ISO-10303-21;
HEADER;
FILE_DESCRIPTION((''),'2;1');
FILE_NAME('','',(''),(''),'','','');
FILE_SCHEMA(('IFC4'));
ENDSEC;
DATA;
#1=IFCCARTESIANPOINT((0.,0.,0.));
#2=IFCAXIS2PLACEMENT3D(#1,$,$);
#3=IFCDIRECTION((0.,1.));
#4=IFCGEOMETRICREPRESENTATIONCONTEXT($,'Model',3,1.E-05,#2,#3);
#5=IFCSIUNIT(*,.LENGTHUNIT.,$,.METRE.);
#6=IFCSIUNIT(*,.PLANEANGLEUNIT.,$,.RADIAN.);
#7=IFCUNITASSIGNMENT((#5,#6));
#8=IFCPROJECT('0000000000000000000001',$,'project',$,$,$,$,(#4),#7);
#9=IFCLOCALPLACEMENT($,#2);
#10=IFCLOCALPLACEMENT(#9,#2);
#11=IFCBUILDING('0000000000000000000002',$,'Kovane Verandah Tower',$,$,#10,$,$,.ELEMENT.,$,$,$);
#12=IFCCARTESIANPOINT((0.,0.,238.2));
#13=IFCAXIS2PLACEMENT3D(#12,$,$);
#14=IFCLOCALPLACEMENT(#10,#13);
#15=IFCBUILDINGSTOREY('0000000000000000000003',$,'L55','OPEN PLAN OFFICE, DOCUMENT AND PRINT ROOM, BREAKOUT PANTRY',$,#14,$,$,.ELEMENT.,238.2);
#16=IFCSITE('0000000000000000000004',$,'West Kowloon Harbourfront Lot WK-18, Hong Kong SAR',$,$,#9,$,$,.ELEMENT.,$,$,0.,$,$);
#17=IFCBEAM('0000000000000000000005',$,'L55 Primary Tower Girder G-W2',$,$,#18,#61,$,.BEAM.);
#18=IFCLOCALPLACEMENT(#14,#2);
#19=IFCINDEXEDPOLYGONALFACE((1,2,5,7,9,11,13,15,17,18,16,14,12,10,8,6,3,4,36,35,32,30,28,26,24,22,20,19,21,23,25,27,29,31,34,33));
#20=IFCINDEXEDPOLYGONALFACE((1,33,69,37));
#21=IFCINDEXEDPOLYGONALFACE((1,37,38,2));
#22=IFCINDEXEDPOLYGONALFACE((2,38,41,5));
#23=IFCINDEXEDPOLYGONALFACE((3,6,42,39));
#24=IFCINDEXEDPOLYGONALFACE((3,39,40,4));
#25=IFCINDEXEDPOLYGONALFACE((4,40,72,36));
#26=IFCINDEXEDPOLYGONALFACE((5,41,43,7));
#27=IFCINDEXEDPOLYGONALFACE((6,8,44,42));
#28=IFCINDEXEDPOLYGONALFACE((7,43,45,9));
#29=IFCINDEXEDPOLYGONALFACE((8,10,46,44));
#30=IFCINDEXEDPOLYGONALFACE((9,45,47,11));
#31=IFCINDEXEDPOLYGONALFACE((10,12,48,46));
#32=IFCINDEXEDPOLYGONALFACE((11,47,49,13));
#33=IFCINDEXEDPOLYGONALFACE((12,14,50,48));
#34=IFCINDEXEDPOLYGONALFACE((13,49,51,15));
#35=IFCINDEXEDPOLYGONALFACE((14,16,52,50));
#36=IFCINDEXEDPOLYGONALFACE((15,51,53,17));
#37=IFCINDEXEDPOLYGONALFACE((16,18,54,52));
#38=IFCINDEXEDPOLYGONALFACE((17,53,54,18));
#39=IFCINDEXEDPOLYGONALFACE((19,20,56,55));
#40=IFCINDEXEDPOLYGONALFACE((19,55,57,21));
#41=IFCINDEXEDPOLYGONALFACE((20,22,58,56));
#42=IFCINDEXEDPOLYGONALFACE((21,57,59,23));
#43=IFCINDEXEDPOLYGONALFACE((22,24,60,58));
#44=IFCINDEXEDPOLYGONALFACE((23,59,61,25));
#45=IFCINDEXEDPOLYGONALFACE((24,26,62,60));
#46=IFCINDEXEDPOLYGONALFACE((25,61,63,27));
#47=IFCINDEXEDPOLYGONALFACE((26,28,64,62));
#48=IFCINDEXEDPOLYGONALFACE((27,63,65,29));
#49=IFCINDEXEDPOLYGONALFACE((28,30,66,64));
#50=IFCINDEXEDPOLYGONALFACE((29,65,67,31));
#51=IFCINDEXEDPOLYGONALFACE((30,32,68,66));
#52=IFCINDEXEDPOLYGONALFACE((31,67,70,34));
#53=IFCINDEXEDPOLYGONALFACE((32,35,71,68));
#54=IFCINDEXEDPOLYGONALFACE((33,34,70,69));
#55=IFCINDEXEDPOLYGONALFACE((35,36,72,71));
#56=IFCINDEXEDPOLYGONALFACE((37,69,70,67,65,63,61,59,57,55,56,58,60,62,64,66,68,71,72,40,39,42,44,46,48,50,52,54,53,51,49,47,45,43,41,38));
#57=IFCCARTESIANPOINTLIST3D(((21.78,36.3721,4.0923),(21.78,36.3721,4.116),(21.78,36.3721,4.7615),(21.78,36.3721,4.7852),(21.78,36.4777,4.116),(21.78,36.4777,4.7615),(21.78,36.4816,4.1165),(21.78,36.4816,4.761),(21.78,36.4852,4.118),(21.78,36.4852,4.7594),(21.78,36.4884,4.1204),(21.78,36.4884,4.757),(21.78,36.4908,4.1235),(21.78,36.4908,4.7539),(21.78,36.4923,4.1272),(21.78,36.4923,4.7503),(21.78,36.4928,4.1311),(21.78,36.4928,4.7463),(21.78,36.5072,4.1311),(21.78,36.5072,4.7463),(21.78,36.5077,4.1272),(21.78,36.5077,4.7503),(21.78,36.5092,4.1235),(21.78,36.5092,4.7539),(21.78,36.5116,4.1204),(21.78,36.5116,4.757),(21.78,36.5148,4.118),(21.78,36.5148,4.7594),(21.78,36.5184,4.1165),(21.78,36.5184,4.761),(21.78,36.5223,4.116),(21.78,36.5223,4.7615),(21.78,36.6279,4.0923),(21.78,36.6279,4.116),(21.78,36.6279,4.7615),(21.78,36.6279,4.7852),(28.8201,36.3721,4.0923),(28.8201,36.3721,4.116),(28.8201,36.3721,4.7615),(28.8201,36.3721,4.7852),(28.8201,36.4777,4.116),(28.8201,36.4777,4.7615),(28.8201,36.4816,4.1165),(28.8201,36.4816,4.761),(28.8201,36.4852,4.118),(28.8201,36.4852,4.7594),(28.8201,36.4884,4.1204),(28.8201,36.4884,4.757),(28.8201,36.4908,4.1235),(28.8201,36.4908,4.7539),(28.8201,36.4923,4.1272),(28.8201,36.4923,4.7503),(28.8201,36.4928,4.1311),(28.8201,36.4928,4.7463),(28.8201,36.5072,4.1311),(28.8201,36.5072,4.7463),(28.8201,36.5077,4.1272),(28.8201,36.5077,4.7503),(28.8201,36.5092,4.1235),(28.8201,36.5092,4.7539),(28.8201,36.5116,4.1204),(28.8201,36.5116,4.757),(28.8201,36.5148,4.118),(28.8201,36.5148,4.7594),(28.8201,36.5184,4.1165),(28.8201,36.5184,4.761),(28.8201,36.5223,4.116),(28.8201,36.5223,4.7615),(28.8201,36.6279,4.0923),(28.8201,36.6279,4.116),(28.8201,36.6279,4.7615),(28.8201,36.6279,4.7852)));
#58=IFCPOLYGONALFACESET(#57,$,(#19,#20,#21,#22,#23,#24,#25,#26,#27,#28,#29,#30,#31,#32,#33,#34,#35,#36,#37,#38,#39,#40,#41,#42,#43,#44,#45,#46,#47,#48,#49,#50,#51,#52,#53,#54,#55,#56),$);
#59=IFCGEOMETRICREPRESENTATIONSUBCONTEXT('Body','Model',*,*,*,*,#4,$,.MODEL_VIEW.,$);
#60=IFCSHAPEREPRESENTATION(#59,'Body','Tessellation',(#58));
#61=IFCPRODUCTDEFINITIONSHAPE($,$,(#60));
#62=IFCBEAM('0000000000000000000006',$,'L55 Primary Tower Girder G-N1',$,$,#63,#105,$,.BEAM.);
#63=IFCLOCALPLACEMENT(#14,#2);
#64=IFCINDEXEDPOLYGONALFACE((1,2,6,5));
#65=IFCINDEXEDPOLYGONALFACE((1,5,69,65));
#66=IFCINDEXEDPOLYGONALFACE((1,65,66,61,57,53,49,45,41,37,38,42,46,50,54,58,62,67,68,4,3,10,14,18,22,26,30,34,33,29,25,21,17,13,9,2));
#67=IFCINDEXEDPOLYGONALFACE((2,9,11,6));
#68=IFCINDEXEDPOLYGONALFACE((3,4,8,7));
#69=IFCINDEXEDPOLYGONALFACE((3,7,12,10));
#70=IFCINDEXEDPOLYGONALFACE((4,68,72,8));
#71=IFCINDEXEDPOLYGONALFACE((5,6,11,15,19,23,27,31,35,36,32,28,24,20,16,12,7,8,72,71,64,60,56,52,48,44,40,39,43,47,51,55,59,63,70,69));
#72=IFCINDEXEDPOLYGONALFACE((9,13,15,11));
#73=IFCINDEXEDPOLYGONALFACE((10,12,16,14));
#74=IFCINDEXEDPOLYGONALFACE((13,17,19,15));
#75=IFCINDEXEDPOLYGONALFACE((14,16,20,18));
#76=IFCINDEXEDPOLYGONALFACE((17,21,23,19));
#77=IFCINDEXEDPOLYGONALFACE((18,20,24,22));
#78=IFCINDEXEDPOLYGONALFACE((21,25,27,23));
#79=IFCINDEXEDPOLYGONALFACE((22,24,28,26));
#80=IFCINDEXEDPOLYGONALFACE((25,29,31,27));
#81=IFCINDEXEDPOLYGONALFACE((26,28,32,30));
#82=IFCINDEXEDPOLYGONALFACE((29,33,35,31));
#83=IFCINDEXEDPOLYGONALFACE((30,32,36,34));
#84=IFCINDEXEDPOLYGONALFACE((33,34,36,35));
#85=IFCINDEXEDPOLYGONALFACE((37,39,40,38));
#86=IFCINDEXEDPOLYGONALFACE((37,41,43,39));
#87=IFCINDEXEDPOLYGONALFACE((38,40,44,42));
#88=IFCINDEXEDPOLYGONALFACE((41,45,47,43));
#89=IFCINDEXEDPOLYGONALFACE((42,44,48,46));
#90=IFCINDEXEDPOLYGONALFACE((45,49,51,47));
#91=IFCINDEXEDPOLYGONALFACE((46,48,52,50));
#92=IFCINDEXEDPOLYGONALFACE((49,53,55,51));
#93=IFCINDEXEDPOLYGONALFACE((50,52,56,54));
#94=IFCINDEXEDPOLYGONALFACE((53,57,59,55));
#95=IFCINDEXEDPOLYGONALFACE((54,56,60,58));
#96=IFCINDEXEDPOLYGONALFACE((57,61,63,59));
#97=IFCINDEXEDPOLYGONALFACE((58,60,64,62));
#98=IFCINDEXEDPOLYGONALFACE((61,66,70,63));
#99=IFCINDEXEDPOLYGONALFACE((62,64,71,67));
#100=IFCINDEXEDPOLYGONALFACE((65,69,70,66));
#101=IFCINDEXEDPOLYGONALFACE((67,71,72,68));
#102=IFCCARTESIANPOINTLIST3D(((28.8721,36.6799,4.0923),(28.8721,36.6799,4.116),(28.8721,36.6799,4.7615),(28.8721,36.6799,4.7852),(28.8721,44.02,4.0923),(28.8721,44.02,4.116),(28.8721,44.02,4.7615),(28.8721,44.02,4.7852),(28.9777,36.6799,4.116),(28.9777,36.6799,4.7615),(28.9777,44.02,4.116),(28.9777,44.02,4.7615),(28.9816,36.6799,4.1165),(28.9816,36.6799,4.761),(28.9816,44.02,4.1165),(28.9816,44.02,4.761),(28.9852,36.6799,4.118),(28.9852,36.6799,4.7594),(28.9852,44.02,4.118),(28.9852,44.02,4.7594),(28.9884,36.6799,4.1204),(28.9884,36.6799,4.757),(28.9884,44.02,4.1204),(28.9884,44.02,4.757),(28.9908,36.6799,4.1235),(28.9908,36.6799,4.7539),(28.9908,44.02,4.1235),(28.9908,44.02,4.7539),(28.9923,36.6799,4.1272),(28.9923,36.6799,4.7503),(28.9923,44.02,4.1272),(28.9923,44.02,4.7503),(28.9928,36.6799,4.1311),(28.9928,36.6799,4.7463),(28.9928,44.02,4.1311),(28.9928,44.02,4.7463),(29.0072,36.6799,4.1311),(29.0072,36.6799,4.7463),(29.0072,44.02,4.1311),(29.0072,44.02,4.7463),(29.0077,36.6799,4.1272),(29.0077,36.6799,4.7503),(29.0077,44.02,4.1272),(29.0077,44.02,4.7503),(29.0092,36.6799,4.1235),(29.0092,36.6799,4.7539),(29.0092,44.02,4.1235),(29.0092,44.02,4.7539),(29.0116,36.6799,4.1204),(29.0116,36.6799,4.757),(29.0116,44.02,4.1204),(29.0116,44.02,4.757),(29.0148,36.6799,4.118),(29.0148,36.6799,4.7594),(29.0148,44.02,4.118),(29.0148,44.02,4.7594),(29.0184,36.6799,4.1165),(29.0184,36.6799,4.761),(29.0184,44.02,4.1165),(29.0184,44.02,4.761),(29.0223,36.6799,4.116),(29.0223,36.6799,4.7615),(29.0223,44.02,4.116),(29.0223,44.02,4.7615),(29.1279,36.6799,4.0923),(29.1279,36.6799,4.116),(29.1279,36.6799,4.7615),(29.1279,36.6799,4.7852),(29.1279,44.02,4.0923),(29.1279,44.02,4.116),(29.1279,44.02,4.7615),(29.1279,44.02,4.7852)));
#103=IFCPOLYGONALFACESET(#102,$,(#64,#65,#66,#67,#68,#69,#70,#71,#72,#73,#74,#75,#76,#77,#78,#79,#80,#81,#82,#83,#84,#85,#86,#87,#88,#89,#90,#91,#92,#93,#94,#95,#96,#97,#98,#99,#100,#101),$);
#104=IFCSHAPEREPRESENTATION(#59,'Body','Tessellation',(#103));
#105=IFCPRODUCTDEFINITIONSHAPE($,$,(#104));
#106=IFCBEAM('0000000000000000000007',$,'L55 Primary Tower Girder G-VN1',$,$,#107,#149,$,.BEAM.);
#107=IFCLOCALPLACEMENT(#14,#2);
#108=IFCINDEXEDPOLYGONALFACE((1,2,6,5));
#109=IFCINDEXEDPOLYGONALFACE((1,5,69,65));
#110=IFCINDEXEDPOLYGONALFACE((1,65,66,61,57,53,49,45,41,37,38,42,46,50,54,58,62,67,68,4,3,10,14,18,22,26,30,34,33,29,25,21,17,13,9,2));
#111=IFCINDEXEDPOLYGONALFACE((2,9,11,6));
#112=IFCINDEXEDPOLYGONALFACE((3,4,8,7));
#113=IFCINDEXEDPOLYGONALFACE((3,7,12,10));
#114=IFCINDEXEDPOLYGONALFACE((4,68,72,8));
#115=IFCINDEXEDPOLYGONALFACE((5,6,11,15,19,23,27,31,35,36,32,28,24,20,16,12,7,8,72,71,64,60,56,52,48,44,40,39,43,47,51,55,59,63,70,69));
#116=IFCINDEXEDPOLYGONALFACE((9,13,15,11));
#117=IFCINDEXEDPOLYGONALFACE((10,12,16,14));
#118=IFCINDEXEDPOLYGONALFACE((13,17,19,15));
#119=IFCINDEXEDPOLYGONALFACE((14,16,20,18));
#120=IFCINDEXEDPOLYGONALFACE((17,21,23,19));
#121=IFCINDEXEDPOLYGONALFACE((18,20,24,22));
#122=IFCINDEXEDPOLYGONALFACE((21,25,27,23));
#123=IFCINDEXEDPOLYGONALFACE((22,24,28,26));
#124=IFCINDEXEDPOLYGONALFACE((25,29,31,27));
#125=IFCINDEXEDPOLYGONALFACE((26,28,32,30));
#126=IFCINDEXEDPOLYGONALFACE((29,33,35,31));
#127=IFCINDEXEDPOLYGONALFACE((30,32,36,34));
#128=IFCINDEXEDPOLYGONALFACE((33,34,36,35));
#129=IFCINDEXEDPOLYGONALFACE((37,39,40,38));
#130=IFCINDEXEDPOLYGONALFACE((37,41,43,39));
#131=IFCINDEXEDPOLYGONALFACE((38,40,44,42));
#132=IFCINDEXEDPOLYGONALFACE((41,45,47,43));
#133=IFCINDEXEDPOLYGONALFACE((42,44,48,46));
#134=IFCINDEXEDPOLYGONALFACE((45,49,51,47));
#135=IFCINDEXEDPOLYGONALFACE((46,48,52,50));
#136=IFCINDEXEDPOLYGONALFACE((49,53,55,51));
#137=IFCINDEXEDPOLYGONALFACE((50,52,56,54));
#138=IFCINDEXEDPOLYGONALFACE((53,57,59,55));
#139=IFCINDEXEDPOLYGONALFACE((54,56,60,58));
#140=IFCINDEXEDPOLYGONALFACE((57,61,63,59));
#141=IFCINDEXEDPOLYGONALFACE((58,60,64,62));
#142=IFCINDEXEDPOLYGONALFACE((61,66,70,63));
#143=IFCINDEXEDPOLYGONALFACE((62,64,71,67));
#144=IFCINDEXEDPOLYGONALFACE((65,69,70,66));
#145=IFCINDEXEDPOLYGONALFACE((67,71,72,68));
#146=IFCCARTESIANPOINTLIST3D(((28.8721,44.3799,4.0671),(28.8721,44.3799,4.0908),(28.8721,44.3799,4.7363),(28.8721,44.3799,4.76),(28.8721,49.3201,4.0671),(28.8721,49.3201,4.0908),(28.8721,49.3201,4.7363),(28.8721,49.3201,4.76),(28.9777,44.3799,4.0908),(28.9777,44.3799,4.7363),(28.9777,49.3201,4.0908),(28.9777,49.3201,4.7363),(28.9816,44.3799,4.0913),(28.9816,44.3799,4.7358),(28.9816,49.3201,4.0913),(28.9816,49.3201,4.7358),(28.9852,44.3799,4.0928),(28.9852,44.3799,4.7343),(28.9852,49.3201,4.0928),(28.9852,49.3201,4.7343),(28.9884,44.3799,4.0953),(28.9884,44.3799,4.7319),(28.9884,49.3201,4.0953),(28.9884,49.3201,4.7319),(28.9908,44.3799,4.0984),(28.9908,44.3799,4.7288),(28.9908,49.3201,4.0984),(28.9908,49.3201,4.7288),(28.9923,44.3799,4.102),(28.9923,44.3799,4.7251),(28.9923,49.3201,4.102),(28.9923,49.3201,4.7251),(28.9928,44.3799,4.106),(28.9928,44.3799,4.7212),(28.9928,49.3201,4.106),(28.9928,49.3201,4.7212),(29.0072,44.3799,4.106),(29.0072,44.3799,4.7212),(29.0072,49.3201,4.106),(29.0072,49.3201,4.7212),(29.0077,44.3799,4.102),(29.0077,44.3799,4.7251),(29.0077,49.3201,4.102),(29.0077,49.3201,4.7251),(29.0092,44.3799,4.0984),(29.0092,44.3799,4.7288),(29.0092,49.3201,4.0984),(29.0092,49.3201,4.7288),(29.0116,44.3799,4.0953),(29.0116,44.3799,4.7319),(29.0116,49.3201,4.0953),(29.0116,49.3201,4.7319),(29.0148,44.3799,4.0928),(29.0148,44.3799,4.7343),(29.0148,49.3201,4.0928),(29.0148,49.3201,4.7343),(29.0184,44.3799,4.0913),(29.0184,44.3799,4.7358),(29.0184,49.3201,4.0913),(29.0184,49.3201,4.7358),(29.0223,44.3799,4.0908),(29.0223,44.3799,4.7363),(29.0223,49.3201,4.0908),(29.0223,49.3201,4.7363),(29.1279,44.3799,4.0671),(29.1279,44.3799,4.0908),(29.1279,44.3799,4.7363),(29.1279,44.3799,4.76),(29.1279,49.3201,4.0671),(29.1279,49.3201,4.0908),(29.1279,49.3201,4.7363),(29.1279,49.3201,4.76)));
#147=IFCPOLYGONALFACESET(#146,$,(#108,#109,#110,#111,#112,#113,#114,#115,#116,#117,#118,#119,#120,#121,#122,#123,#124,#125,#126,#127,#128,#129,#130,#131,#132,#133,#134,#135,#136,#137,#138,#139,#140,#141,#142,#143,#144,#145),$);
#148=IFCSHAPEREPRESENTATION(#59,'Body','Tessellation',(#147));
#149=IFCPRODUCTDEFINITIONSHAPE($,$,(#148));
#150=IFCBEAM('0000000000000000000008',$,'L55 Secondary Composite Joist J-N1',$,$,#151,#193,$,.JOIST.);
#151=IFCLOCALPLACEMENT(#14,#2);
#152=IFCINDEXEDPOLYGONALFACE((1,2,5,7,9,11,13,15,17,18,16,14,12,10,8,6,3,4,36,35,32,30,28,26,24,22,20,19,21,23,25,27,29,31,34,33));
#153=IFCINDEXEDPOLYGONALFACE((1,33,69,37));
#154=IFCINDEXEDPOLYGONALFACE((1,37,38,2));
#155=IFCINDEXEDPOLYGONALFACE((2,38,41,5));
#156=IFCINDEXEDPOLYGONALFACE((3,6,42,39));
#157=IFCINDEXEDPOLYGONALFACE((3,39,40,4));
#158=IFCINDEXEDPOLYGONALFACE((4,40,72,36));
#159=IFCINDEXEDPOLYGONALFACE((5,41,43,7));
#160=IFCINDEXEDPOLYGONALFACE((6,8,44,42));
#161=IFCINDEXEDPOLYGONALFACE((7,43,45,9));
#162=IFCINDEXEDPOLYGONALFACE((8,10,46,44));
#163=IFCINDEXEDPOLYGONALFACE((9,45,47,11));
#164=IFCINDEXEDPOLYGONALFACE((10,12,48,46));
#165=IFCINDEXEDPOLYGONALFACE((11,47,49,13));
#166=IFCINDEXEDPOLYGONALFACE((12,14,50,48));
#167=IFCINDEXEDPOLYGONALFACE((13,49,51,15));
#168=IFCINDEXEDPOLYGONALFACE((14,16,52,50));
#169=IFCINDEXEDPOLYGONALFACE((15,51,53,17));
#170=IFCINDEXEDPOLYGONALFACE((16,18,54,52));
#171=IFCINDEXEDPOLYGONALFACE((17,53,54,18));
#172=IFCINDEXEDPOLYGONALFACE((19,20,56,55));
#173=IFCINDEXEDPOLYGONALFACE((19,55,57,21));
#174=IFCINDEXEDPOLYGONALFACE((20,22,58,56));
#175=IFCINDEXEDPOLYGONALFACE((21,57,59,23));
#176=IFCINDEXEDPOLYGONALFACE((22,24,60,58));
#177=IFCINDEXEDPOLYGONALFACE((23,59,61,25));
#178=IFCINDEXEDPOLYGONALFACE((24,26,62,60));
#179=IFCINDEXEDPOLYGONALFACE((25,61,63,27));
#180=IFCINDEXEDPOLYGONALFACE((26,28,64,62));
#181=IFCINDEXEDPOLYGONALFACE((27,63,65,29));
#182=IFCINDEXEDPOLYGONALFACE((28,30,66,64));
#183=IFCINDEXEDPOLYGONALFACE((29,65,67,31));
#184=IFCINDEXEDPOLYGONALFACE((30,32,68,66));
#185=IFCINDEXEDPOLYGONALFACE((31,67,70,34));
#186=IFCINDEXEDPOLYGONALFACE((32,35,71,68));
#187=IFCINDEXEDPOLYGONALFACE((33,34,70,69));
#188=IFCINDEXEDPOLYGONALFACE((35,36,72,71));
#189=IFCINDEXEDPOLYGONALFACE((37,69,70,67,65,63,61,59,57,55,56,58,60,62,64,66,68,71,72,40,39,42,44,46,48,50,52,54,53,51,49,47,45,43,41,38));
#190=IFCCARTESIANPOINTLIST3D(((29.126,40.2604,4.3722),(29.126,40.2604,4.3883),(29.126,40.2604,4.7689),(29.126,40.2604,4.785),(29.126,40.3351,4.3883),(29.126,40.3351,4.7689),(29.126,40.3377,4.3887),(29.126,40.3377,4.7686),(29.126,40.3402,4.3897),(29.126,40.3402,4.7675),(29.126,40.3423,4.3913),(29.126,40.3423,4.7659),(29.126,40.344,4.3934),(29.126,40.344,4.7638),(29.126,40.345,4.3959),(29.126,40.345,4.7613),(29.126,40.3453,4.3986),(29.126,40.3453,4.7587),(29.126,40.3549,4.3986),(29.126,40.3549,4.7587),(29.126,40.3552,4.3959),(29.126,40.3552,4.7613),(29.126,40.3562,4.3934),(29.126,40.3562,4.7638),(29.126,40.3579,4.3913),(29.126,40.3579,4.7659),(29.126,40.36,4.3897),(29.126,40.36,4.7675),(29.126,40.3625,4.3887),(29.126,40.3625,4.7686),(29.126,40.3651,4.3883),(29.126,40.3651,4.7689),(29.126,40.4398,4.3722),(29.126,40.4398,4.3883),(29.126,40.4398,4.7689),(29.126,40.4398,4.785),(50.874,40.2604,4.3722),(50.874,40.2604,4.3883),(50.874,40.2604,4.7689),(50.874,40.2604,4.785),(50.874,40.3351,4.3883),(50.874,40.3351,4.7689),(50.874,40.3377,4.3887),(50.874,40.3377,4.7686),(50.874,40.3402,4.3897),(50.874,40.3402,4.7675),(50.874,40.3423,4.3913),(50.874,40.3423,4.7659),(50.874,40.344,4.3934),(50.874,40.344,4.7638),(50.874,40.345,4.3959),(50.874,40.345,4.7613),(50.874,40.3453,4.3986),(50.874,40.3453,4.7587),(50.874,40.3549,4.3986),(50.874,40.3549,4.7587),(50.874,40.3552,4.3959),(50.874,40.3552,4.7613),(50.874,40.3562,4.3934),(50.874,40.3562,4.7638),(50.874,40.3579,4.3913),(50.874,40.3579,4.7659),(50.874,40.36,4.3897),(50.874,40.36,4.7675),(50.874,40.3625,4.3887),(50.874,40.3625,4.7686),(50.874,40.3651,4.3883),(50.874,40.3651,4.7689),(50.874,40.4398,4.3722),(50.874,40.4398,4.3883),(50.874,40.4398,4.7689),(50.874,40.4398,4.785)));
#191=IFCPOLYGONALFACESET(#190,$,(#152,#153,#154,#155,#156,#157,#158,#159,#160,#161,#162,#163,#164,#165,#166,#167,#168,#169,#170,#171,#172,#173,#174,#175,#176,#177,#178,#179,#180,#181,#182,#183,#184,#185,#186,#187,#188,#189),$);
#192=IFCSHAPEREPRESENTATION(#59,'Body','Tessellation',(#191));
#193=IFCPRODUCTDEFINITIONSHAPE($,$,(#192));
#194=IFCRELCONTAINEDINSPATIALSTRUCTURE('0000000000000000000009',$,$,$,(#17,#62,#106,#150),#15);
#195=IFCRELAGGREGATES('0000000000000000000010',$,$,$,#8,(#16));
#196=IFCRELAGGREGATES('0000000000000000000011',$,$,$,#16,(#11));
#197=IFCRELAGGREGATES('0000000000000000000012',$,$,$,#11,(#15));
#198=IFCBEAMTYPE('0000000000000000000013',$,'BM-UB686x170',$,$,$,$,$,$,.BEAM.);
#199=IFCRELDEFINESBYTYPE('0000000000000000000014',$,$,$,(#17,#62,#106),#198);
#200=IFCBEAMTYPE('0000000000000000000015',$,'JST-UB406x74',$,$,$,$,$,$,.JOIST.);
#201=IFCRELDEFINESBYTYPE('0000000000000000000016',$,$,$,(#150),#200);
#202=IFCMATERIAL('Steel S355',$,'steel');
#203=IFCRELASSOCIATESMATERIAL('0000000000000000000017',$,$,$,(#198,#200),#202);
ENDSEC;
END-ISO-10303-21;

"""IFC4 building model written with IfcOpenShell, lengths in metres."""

from ifc_helpers import new_model, si_unit, direction, frame, origin, origin_2d, place, context, subcontext, project, spatial, i_section, extrude, material, material_profile, profile_set, type_object, element, save


model = new_model("IFC4")

# Units and contexts
model_context = context("Model", 3, precision=1e-05, world=origin(), true_north=direction((0.0, 1.0)))
body_context = subcontext(model_context, "Body", "Model", "MODEL_VIEW")
ifc_project = project(units=[si_unit("LENGTHUNIT", "METRE"), si_unit("PLANEANGLEUNIT", "RADIAN")], contexts=[model_context])

# Site, building, storey
site_placement = place(None, origin())
site = spatial("IfcSite", under=ifc_project, at=site_placement, Name="West Kowloon Harbourfront Lot WK-18, Hong Kong SAR", CompositionType="ELEMENT", RefElevation=0.0)
building_placement = place(site_placement, origin())
building = spatial("IfcBuilding", under=site, at=building_placement, Name="Kovane Verandah Tower", CompositionType="ELEMENT")
storey_placement = place(building_placement, frame((0.0, 0.0, 238.2)))
storey = spatial("IfcBuildingStorey", under=building, at=storey_placement, Name="L55", Description="OPEN PLAN OFFICE, DOCUMENT AND PRINT ROOM, BREAKOUT PANTRY", CompositionType="ELEMENT", Elevation=238.2)

# Beams
ifc_material_1 = material(Name="Steel S355", Category="steel")
ifc_material_profile_1 = material_profile(ifc_material_1, i_section(OverallWidth=0.2559, OverallDepth=0.6929, WebThickness=0.0144, FlangeThickness=0.0237, FilletRadius=0.0151, at=origin_2d()), Name="UB686x254x170")
ifc_profile_set_1 = profile_set([ifc_material_profile_1], Name="Steel S355")
beam_type_1 = type_object("IfcBeamType", Name="BM-UB686x170", PredefinedType="BEAM", material=ifc_profile_set_1)
for number, where, z_axis, x_axis, name in (
    (1, (28.8201, 36.5, 4.4387), (-1.0, 0.0, 0.0), (0.0, -1.0, 0.0), "L55 Primary Tower Girder G-W2"),
):
    element("IfcBeam", number, at=place(storey_placement, frame(where, z_axis=z_axis, x_axis=x_axis)), inside=storey, type_object=beam_type_1, Name=name, PredefinedType="BEAM", context=body_context, shape_type="SweptSolid", body=[
        extrude(i_section(OverallWidth=0.2559, OverallDepth=0.6929, WebThickness=0.0144, FlangeThickness=0.0237, FilletRadius=0.0151, at=origin_2d()), origin(), (0.0, 0.0, 1.0), 7.04),
    ])
beam_1_placement = place(storey_placement, frame((29.0, 36.6799, 4.4387), z_axis=(0.0, 1.0, 0.0), x_axis=(-1.0, 0.0, 0.0)))
element("IfcBeam", 2, at=beam_1_placement, inside=storey, type_object=beam_type_1, Name="L55 Primary Tower Girder G-N1", PredefinedType="BEAM", context=body_context, shape_type="SweptSolid", body=[
    extrude(i_section(OverallWidth=0.2559, OverallDepth=0.6929, WebThickness=0.0144, FlangeThickness=0.0237, FilletRadius=0.0151, at=origin_2d()), origin(), (0.0, 0.0, 1.0), 7.3401),
])
beam_2_placement = place(storey_placement, frame((29.0, 44.3799, 4.4136), z_axis=(0.0, 1.0, 0.0), x_axis=(-1.0, 0.0, 0.0)))
element("IfcBeam", 3, at=beam_2_placement, inside=storey, type_object=beam_type_1, Name="L55 Primary Tower Girder G-VN1", PredefinedType="BEAM", context=body_context, shape_type="SweptSolid", body=[
    extrude(i_section(OverallWidth=0.2559, OverallDepth=0.6929, WebThickness=0.0144, FlangeThickness=0.0237, FilletRadius=0.0151, at=origin_2d()), origin(), (0.0, 0.0, 1.0), 4.9402),
])
ifc_material_profile_2 = material_profile(ifc_material_1, i_section(OverallWidth=0.1794, OverallDepth=0.4128, WebThickness=0.0095, FlangeThickness=0.0161, FilletRadius=0.0103, at=origin_2d()), Name="UB406x178x74")
ifc_profile_set_2 = profile_set([ifc_material_profile_2], Name="Steel S355")
beam_type_2 = type_object("IfcBeamType", Name="JST-UB406x74", PredefinedType="JOIST", material=ifc_profile_set_2)
beam_3_placement = place(storey_placement, frame((29.126, 40.3501, 4.5786), z_axis=(1.0, 0.0, 0.0), x_axis=(0.0, 1.0, 0.0)))
element("IfcBeam", 4, at=beam_3_placement, inside=storey, type_object=beam_type_2, Name="L55 Secondary Composite Joist J-N1", PredefinedType="JOIST", context=body_context, shape_type="SweptSolid", body=[
    extrude(i_section(OverallWidth=0.1794, OverallDepth=0.4128, WebThickness=0.0095, FlangeThickness=0.0161, FilletRadius=0.0103, at=origin_2d()), origin(), (0.0, 0.0, 1.0), 21.748),
])

save(model, "model.ifc")
